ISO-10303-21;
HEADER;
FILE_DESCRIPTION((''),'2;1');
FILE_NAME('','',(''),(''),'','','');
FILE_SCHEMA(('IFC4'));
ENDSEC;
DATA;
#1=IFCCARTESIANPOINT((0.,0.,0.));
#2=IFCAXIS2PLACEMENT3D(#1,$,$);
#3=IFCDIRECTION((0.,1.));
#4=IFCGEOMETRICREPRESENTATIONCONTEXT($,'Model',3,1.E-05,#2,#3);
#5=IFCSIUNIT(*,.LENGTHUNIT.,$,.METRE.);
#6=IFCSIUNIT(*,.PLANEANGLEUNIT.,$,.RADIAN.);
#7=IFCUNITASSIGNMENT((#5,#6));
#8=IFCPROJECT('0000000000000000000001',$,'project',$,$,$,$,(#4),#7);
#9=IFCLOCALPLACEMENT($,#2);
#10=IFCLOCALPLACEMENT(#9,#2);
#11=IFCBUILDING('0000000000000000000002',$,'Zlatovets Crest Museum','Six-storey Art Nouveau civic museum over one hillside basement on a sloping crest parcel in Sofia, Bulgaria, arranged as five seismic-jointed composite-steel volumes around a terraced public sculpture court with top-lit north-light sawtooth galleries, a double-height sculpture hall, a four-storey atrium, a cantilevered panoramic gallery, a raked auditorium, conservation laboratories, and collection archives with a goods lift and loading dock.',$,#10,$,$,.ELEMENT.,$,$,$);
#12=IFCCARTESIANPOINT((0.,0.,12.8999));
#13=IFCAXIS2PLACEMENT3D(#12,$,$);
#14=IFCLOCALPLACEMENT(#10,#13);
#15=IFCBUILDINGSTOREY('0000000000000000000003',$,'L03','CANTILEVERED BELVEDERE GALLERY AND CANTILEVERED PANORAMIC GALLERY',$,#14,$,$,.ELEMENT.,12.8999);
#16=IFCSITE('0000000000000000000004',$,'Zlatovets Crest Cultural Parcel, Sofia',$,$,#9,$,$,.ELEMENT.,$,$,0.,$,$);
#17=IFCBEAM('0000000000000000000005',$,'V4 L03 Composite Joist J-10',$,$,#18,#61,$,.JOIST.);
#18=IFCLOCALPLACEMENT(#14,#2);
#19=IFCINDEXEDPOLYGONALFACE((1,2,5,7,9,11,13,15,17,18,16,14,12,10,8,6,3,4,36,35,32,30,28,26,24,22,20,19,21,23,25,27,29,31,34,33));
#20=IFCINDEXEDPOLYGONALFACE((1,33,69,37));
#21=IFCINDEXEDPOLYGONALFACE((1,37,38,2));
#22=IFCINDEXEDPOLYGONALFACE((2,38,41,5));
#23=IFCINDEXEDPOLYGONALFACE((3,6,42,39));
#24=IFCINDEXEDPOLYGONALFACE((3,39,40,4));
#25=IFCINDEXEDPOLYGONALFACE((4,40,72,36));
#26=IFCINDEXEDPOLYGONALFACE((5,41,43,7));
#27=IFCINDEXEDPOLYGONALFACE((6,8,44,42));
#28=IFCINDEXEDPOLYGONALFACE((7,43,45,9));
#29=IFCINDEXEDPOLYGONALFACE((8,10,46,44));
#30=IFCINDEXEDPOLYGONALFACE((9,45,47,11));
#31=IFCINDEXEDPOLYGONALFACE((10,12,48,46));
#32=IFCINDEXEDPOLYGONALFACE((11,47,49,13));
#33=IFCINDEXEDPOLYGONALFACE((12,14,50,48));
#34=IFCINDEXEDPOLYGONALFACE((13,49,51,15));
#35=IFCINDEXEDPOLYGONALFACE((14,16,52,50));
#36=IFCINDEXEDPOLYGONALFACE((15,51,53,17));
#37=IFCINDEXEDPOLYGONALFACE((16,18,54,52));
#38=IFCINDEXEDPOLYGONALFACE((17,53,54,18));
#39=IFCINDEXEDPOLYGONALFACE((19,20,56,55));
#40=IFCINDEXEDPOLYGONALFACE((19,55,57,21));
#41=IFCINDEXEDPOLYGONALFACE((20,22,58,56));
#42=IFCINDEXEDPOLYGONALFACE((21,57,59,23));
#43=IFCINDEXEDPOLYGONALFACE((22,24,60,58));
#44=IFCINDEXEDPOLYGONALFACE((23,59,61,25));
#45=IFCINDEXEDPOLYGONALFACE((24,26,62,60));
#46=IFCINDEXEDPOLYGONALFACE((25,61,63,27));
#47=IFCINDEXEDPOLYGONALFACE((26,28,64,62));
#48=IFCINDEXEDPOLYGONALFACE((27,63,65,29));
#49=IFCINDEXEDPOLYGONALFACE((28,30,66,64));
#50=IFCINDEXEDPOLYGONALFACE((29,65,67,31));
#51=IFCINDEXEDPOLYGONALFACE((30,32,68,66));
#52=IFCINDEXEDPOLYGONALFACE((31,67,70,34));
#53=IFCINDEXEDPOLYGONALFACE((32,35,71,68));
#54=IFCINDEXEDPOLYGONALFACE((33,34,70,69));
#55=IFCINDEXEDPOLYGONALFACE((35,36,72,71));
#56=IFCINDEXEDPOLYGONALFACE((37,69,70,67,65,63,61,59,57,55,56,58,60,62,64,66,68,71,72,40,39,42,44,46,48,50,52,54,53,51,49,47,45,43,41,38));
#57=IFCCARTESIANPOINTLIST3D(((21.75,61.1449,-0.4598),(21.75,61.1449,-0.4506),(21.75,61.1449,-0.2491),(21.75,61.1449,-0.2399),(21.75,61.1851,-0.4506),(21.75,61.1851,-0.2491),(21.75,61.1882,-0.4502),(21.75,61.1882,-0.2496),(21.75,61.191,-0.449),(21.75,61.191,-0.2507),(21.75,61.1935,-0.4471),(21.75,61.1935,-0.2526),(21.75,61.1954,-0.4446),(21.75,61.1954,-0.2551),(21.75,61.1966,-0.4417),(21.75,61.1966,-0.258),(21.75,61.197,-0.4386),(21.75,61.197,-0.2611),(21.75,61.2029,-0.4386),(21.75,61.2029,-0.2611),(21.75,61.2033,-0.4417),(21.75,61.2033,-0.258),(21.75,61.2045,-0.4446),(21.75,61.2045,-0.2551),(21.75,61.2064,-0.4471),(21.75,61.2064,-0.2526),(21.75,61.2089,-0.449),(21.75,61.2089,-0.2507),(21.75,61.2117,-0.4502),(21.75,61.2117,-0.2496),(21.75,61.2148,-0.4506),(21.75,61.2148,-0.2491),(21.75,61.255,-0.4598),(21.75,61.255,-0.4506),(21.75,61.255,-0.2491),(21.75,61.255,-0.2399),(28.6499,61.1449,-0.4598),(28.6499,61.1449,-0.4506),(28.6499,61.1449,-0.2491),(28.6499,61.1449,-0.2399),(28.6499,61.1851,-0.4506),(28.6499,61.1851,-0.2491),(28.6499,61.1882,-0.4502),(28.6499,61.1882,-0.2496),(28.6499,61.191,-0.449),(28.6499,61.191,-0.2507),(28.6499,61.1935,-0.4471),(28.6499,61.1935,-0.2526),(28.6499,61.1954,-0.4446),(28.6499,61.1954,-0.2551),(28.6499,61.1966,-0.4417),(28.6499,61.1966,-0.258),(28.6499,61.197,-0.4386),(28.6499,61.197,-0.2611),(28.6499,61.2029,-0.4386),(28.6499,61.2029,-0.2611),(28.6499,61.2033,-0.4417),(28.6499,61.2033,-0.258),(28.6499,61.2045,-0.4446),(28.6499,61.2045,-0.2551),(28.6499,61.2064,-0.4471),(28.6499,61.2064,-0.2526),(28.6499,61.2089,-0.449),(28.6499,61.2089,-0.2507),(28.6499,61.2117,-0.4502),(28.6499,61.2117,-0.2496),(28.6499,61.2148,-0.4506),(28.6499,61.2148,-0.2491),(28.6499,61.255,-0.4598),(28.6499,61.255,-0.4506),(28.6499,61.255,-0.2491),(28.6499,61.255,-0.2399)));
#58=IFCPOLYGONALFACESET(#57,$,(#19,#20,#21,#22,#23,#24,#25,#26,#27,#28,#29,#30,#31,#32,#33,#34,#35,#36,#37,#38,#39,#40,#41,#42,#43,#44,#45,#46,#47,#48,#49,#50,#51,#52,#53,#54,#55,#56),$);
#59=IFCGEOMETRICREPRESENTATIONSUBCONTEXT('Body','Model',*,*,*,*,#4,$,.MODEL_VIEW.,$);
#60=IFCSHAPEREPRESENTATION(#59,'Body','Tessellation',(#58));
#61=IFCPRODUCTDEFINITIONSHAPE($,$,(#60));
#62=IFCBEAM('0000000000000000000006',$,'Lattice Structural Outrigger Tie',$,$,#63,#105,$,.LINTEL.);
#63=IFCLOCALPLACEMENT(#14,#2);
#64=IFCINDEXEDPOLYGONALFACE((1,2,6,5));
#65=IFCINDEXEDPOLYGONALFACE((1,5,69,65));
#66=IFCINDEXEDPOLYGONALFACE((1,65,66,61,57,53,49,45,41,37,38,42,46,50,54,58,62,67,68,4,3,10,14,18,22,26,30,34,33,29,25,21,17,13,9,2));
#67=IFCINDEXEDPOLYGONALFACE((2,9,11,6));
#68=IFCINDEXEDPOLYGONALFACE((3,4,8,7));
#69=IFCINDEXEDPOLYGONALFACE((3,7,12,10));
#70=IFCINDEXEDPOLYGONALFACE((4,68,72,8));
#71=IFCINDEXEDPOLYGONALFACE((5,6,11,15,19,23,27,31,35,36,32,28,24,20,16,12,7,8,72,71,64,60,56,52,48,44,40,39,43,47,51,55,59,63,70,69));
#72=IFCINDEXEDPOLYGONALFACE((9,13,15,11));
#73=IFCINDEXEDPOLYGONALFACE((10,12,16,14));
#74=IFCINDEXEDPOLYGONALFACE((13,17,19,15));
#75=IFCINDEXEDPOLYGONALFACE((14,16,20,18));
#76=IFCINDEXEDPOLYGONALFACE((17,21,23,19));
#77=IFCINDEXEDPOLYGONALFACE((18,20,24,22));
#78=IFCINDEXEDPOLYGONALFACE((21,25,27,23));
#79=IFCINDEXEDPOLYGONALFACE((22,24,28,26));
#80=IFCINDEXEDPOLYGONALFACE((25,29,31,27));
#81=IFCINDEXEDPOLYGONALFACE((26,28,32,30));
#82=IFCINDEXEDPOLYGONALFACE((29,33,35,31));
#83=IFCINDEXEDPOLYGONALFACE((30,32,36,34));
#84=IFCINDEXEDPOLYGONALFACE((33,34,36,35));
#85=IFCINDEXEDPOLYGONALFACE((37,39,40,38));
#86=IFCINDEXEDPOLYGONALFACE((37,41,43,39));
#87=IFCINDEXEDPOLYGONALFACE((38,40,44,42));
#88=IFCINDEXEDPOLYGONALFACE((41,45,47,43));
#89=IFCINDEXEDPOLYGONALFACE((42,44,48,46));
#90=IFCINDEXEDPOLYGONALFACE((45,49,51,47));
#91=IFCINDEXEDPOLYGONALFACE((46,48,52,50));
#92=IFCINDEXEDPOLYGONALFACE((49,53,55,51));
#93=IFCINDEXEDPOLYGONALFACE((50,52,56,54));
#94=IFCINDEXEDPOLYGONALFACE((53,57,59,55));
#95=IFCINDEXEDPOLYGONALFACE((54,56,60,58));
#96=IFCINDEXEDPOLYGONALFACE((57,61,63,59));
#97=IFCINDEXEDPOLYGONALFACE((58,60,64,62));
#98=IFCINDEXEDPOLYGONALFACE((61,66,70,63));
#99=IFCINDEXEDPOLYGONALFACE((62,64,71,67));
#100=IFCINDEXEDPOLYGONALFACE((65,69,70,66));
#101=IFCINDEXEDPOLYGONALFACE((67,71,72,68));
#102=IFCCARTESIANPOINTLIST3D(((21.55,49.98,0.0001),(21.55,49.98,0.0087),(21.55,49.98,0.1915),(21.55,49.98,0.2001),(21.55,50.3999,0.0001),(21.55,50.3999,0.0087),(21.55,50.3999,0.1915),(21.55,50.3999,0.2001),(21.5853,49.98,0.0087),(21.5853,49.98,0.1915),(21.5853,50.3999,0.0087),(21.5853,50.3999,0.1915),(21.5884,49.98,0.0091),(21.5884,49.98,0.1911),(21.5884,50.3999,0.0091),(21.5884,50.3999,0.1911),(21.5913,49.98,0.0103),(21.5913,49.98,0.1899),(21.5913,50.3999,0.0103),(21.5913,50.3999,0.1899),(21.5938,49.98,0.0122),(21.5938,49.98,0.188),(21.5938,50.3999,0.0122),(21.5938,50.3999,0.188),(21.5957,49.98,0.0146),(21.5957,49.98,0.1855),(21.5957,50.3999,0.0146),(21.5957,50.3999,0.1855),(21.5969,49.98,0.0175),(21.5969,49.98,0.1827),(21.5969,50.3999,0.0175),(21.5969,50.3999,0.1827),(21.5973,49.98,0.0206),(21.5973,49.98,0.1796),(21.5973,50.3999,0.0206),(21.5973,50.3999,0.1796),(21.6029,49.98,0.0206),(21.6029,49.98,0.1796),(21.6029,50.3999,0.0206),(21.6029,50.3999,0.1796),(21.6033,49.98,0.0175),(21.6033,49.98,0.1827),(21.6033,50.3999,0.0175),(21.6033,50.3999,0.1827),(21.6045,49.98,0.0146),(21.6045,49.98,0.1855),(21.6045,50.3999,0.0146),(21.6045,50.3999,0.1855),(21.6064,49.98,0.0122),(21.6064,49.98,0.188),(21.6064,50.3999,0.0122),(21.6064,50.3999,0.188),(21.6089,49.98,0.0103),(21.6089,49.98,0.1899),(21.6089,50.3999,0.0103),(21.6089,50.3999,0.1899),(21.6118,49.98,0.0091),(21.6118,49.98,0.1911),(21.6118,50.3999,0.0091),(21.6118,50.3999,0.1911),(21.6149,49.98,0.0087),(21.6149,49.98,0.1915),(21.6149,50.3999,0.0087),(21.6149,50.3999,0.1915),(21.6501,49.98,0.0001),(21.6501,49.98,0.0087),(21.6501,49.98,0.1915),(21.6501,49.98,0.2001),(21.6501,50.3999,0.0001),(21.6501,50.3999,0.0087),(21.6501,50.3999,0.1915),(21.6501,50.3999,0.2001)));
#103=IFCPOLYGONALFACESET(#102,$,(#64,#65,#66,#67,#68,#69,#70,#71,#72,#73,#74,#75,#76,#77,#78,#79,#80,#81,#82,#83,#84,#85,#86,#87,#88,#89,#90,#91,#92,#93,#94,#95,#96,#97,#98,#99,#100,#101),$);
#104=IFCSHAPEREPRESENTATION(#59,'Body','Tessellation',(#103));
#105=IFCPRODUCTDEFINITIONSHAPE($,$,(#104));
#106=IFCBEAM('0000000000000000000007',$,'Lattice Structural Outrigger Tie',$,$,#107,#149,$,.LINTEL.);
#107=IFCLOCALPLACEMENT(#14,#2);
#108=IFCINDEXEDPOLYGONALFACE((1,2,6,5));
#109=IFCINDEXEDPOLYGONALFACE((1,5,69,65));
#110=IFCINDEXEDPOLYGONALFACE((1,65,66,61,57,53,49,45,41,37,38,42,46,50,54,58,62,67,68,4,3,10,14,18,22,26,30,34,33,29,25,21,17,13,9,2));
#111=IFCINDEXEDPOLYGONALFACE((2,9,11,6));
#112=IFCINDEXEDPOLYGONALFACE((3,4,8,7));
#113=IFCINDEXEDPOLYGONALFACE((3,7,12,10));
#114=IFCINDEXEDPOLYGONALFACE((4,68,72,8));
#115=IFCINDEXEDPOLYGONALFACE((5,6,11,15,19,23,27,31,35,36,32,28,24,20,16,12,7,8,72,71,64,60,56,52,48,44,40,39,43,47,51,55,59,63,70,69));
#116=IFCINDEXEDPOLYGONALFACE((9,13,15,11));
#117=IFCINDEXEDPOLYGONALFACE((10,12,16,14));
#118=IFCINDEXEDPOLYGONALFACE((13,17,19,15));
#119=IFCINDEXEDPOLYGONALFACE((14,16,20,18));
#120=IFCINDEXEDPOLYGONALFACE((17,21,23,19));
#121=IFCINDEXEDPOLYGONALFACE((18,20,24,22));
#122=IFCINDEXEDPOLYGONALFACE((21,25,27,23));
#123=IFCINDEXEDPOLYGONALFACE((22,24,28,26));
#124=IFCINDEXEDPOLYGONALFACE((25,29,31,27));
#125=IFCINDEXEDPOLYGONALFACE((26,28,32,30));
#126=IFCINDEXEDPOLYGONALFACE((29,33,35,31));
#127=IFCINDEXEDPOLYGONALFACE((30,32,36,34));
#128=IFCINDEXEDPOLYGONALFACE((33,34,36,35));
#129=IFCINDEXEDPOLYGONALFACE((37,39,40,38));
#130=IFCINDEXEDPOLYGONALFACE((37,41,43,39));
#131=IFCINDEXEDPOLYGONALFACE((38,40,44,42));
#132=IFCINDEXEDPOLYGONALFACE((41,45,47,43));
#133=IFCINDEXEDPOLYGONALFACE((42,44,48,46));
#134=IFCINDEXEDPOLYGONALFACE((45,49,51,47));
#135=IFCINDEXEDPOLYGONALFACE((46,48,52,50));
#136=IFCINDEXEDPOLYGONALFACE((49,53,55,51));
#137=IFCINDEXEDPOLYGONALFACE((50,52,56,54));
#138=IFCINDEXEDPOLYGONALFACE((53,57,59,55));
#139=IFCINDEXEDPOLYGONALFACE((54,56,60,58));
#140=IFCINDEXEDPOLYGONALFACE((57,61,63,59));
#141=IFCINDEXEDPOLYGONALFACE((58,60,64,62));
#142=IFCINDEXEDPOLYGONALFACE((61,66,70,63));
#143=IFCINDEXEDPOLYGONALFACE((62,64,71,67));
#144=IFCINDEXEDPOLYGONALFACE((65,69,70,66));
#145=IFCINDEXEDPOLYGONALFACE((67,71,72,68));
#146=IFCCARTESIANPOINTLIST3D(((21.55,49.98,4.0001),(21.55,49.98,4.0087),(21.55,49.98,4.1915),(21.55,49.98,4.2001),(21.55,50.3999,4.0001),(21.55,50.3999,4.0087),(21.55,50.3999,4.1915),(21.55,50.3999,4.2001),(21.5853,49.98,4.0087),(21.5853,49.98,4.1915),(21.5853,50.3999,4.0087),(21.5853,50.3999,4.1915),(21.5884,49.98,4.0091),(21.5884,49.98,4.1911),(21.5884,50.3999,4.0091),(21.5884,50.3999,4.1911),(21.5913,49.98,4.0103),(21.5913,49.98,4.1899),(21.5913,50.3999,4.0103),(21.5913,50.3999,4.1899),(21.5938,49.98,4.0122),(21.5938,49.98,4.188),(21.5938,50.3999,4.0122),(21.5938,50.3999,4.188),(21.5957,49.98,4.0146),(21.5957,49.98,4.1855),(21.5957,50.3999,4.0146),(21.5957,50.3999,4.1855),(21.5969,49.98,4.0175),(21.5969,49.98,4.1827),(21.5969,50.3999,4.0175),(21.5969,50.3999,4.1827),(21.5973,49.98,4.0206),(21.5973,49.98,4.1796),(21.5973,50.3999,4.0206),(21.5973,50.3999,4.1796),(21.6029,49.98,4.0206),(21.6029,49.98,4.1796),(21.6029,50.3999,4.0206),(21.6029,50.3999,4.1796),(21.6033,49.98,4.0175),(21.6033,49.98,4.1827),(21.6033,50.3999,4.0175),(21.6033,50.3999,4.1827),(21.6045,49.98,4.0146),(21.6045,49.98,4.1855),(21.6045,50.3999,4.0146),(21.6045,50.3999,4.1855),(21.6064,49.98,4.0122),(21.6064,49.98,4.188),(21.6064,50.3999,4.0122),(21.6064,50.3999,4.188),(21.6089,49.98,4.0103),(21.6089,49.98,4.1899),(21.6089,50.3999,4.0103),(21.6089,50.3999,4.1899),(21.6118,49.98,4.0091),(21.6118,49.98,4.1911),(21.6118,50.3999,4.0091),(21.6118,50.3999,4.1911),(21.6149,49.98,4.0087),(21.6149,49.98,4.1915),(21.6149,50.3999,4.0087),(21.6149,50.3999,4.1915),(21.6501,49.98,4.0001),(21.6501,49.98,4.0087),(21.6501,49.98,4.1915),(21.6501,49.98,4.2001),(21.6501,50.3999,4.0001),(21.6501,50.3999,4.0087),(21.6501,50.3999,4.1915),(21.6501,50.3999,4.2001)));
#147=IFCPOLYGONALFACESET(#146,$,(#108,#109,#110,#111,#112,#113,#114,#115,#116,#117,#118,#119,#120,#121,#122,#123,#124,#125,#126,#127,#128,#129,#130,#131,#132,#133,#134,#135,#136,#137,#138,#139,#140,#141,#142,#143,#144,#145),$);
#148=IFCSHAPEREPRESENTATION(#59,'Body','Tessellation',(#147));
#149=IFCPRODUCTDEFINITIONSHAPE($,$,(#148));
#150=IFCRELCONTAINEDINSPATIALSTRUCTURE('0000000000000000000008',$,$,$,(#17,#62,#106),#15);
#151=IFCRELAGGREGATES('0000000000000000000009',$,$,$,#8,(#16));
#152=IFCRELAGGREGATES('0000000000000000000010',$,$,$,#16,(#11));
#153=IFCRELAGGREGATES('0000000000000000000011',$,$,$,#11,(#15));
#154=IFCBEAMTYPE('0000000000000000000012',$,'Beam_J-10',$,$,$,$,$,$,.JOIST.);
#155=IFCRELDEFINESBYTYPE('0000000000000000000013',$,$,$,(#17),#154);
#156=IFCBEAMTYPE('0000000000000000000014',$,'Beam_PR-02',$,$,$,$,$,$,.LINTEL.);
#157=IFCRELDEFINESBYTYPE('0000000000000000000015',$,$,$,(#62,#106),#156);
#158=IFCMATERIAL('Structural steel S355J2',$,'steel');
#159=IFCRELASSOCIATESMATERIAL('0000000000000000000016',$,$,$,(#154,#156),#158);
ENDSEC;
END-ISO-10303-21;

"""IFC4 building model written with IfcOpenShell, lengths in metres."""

from ifc_helpers import new_model, si_unit, direction, frame, origin, origin_2d, place, context, subcontext, project, spatial, i_section, extrude, material, material_profile, profile_set, type_object, element, save


model = new_model("IFC4")

# Units and contexts
model_context = context("Model", 3, precision=1e-05, world=origin(), true_north=direction((0.0, 1.0)))
body_context = subcontext(model_context, "Body", "Model", "MODEL_VIEW")
ifc_project = project(units=[si_unit("LENGTHUNIT", "METRE"), si_unit("PLANEANGLEUNIT", "RADIAN")], contexts=[model_context])

# Site, building, storey
site_placement = place(None, origin())
site = spatial("IfcSite", under=ifc_project, at=site_placement, Name="Zlatovets Crest Cultural Parcel, Sofia", CompositionType="ELEMENT", RefElevation=0.0)
building_placement = place(site_placement, origin())
building = spatial("IfcBuilding", under=site, at=building_placement, Name="Zlatovets Crest Museum", Description="Six-storey Art Nouveau civic museum over one hillside basement on a sloping crest parcel in Sofia, Bulgaria, arranged as five seismic-jointed composite-steel volumes around a terraced public sculpture court with top-lit north-light sawtooth galleries, a double-height sculpture hall, a four-storey atrium, a cantilevered panoramic gallery, a raked auditorium, conservation laboratories, and collection archives with a goods lift and loading dock.", CompositionType="ELEMENT")
storey_placement = place(building_placement, frame((0.0, 0.0, 12.8999)))
storey = spatial("IfcBuildingStorey", under=building, at=storey_placement, Name="L03", Description="CANTILEVERED BELVEDERE GALLERY AND CANTILEVERED PANORAMIC GALLERY", CompositionType="ELEMENT", Elevation=12.8999)

# Shared definitions
ifc_material_1 = material(Name="Structural steel S355J2", Category="steel")

# Beams
ifc_material_profile_1 = material_profile(ifc_material_1, i_section(OverallWidth=0.1101, OverallDepth=0.22, WebThickness=0.0059, FlangeThickness=0.0093, FilletRadius=0.012, at=origin_2d()), Name="IPE 220")
ifc_profile_set_1 = profile_set([ifc_material_profile_1], Name="Structural steel S355J2")
beam_type_1 = type_object("IfcBeamType", Name="Beam_J-10", PredefinedType="JOIST", material=ifc_profile_set_1)
for number, where, z_axis, x_axis, name in (
    (1, (21.75, 61.2, -0.3499), (1.0, 0.0, 0.0), (0.0, 1.0, 0.0), "V4 L03 Composite Joist J-10"),
):
    element("IfcBeam", number, at=place(storey_placement, frame(where, z_axis=z_axis, x_axis=x_axis)), inside=storey, type_object=beam_type_1, Name=name, PredefinedType="JOIST", context=body_context, shape_type="SweptSolid", body=[
        extrude(i_section(OverallWidth=0.1101, OverallDepth=0.22, WebThickness=0.0059, FlangeThickness=0.0093, FilletRadius=0.012, at=origin_2d()), origin(), (0.0, 0.0, 1.0), 6.8999),
    ])
ifc_material_profile_2 = material_profile(ifc_material_1, i_section(OverallWidth=0.1001, OverallDepth=0.2, WebThickness=0.0056, FlangeThickness=0.0085, FilletRadius=0.012, at=origin_2d()), Name="IPE 200")
ifc_profile_set_2 = profile_set([ifc_material_profile_2], Name="Structural steel S355J2")
beam_type_2 = type_object("IfcBeamType", Name="Beam_PR-02", PredefinedType="LINTEL", material=ifc_profile_set_2)
for number, where, z_axis, x_axis, name in (
    (2, (21.6001, 50.3999, 0.1001), (0.0, -1.0, 0.0), (1.0, 0.0, 0.0), "Lattice Structural Outrigger Tie"),
    (3, (21.6001, 50.3999, 4.1001), (0.0, -1.0, 0.0), (1.0, 0.0, 0.0), "Lattice Structural Outrigger Tie"),
):
    element("IfcBeam", number, at=place(storey_placement, frame(where, z_axis=z_axis, x_axis=x_axis)), inside=storey, type_object=beam_type_2, Name=name, PredefinedType="LINTEL", context=body_context, shape_type="SweptSolid", body=[
        extrude(i_section(OverallWidth=0.1001, OverallDepth=0.2, WebThickness=0.0056, FlangeThickness=0.0085, FilletRadius=0.012, at=origin_2d()), origin(), (0.0, 0.0, 1.0), 0.4199),
    ])

save(model, "model.ifc")
